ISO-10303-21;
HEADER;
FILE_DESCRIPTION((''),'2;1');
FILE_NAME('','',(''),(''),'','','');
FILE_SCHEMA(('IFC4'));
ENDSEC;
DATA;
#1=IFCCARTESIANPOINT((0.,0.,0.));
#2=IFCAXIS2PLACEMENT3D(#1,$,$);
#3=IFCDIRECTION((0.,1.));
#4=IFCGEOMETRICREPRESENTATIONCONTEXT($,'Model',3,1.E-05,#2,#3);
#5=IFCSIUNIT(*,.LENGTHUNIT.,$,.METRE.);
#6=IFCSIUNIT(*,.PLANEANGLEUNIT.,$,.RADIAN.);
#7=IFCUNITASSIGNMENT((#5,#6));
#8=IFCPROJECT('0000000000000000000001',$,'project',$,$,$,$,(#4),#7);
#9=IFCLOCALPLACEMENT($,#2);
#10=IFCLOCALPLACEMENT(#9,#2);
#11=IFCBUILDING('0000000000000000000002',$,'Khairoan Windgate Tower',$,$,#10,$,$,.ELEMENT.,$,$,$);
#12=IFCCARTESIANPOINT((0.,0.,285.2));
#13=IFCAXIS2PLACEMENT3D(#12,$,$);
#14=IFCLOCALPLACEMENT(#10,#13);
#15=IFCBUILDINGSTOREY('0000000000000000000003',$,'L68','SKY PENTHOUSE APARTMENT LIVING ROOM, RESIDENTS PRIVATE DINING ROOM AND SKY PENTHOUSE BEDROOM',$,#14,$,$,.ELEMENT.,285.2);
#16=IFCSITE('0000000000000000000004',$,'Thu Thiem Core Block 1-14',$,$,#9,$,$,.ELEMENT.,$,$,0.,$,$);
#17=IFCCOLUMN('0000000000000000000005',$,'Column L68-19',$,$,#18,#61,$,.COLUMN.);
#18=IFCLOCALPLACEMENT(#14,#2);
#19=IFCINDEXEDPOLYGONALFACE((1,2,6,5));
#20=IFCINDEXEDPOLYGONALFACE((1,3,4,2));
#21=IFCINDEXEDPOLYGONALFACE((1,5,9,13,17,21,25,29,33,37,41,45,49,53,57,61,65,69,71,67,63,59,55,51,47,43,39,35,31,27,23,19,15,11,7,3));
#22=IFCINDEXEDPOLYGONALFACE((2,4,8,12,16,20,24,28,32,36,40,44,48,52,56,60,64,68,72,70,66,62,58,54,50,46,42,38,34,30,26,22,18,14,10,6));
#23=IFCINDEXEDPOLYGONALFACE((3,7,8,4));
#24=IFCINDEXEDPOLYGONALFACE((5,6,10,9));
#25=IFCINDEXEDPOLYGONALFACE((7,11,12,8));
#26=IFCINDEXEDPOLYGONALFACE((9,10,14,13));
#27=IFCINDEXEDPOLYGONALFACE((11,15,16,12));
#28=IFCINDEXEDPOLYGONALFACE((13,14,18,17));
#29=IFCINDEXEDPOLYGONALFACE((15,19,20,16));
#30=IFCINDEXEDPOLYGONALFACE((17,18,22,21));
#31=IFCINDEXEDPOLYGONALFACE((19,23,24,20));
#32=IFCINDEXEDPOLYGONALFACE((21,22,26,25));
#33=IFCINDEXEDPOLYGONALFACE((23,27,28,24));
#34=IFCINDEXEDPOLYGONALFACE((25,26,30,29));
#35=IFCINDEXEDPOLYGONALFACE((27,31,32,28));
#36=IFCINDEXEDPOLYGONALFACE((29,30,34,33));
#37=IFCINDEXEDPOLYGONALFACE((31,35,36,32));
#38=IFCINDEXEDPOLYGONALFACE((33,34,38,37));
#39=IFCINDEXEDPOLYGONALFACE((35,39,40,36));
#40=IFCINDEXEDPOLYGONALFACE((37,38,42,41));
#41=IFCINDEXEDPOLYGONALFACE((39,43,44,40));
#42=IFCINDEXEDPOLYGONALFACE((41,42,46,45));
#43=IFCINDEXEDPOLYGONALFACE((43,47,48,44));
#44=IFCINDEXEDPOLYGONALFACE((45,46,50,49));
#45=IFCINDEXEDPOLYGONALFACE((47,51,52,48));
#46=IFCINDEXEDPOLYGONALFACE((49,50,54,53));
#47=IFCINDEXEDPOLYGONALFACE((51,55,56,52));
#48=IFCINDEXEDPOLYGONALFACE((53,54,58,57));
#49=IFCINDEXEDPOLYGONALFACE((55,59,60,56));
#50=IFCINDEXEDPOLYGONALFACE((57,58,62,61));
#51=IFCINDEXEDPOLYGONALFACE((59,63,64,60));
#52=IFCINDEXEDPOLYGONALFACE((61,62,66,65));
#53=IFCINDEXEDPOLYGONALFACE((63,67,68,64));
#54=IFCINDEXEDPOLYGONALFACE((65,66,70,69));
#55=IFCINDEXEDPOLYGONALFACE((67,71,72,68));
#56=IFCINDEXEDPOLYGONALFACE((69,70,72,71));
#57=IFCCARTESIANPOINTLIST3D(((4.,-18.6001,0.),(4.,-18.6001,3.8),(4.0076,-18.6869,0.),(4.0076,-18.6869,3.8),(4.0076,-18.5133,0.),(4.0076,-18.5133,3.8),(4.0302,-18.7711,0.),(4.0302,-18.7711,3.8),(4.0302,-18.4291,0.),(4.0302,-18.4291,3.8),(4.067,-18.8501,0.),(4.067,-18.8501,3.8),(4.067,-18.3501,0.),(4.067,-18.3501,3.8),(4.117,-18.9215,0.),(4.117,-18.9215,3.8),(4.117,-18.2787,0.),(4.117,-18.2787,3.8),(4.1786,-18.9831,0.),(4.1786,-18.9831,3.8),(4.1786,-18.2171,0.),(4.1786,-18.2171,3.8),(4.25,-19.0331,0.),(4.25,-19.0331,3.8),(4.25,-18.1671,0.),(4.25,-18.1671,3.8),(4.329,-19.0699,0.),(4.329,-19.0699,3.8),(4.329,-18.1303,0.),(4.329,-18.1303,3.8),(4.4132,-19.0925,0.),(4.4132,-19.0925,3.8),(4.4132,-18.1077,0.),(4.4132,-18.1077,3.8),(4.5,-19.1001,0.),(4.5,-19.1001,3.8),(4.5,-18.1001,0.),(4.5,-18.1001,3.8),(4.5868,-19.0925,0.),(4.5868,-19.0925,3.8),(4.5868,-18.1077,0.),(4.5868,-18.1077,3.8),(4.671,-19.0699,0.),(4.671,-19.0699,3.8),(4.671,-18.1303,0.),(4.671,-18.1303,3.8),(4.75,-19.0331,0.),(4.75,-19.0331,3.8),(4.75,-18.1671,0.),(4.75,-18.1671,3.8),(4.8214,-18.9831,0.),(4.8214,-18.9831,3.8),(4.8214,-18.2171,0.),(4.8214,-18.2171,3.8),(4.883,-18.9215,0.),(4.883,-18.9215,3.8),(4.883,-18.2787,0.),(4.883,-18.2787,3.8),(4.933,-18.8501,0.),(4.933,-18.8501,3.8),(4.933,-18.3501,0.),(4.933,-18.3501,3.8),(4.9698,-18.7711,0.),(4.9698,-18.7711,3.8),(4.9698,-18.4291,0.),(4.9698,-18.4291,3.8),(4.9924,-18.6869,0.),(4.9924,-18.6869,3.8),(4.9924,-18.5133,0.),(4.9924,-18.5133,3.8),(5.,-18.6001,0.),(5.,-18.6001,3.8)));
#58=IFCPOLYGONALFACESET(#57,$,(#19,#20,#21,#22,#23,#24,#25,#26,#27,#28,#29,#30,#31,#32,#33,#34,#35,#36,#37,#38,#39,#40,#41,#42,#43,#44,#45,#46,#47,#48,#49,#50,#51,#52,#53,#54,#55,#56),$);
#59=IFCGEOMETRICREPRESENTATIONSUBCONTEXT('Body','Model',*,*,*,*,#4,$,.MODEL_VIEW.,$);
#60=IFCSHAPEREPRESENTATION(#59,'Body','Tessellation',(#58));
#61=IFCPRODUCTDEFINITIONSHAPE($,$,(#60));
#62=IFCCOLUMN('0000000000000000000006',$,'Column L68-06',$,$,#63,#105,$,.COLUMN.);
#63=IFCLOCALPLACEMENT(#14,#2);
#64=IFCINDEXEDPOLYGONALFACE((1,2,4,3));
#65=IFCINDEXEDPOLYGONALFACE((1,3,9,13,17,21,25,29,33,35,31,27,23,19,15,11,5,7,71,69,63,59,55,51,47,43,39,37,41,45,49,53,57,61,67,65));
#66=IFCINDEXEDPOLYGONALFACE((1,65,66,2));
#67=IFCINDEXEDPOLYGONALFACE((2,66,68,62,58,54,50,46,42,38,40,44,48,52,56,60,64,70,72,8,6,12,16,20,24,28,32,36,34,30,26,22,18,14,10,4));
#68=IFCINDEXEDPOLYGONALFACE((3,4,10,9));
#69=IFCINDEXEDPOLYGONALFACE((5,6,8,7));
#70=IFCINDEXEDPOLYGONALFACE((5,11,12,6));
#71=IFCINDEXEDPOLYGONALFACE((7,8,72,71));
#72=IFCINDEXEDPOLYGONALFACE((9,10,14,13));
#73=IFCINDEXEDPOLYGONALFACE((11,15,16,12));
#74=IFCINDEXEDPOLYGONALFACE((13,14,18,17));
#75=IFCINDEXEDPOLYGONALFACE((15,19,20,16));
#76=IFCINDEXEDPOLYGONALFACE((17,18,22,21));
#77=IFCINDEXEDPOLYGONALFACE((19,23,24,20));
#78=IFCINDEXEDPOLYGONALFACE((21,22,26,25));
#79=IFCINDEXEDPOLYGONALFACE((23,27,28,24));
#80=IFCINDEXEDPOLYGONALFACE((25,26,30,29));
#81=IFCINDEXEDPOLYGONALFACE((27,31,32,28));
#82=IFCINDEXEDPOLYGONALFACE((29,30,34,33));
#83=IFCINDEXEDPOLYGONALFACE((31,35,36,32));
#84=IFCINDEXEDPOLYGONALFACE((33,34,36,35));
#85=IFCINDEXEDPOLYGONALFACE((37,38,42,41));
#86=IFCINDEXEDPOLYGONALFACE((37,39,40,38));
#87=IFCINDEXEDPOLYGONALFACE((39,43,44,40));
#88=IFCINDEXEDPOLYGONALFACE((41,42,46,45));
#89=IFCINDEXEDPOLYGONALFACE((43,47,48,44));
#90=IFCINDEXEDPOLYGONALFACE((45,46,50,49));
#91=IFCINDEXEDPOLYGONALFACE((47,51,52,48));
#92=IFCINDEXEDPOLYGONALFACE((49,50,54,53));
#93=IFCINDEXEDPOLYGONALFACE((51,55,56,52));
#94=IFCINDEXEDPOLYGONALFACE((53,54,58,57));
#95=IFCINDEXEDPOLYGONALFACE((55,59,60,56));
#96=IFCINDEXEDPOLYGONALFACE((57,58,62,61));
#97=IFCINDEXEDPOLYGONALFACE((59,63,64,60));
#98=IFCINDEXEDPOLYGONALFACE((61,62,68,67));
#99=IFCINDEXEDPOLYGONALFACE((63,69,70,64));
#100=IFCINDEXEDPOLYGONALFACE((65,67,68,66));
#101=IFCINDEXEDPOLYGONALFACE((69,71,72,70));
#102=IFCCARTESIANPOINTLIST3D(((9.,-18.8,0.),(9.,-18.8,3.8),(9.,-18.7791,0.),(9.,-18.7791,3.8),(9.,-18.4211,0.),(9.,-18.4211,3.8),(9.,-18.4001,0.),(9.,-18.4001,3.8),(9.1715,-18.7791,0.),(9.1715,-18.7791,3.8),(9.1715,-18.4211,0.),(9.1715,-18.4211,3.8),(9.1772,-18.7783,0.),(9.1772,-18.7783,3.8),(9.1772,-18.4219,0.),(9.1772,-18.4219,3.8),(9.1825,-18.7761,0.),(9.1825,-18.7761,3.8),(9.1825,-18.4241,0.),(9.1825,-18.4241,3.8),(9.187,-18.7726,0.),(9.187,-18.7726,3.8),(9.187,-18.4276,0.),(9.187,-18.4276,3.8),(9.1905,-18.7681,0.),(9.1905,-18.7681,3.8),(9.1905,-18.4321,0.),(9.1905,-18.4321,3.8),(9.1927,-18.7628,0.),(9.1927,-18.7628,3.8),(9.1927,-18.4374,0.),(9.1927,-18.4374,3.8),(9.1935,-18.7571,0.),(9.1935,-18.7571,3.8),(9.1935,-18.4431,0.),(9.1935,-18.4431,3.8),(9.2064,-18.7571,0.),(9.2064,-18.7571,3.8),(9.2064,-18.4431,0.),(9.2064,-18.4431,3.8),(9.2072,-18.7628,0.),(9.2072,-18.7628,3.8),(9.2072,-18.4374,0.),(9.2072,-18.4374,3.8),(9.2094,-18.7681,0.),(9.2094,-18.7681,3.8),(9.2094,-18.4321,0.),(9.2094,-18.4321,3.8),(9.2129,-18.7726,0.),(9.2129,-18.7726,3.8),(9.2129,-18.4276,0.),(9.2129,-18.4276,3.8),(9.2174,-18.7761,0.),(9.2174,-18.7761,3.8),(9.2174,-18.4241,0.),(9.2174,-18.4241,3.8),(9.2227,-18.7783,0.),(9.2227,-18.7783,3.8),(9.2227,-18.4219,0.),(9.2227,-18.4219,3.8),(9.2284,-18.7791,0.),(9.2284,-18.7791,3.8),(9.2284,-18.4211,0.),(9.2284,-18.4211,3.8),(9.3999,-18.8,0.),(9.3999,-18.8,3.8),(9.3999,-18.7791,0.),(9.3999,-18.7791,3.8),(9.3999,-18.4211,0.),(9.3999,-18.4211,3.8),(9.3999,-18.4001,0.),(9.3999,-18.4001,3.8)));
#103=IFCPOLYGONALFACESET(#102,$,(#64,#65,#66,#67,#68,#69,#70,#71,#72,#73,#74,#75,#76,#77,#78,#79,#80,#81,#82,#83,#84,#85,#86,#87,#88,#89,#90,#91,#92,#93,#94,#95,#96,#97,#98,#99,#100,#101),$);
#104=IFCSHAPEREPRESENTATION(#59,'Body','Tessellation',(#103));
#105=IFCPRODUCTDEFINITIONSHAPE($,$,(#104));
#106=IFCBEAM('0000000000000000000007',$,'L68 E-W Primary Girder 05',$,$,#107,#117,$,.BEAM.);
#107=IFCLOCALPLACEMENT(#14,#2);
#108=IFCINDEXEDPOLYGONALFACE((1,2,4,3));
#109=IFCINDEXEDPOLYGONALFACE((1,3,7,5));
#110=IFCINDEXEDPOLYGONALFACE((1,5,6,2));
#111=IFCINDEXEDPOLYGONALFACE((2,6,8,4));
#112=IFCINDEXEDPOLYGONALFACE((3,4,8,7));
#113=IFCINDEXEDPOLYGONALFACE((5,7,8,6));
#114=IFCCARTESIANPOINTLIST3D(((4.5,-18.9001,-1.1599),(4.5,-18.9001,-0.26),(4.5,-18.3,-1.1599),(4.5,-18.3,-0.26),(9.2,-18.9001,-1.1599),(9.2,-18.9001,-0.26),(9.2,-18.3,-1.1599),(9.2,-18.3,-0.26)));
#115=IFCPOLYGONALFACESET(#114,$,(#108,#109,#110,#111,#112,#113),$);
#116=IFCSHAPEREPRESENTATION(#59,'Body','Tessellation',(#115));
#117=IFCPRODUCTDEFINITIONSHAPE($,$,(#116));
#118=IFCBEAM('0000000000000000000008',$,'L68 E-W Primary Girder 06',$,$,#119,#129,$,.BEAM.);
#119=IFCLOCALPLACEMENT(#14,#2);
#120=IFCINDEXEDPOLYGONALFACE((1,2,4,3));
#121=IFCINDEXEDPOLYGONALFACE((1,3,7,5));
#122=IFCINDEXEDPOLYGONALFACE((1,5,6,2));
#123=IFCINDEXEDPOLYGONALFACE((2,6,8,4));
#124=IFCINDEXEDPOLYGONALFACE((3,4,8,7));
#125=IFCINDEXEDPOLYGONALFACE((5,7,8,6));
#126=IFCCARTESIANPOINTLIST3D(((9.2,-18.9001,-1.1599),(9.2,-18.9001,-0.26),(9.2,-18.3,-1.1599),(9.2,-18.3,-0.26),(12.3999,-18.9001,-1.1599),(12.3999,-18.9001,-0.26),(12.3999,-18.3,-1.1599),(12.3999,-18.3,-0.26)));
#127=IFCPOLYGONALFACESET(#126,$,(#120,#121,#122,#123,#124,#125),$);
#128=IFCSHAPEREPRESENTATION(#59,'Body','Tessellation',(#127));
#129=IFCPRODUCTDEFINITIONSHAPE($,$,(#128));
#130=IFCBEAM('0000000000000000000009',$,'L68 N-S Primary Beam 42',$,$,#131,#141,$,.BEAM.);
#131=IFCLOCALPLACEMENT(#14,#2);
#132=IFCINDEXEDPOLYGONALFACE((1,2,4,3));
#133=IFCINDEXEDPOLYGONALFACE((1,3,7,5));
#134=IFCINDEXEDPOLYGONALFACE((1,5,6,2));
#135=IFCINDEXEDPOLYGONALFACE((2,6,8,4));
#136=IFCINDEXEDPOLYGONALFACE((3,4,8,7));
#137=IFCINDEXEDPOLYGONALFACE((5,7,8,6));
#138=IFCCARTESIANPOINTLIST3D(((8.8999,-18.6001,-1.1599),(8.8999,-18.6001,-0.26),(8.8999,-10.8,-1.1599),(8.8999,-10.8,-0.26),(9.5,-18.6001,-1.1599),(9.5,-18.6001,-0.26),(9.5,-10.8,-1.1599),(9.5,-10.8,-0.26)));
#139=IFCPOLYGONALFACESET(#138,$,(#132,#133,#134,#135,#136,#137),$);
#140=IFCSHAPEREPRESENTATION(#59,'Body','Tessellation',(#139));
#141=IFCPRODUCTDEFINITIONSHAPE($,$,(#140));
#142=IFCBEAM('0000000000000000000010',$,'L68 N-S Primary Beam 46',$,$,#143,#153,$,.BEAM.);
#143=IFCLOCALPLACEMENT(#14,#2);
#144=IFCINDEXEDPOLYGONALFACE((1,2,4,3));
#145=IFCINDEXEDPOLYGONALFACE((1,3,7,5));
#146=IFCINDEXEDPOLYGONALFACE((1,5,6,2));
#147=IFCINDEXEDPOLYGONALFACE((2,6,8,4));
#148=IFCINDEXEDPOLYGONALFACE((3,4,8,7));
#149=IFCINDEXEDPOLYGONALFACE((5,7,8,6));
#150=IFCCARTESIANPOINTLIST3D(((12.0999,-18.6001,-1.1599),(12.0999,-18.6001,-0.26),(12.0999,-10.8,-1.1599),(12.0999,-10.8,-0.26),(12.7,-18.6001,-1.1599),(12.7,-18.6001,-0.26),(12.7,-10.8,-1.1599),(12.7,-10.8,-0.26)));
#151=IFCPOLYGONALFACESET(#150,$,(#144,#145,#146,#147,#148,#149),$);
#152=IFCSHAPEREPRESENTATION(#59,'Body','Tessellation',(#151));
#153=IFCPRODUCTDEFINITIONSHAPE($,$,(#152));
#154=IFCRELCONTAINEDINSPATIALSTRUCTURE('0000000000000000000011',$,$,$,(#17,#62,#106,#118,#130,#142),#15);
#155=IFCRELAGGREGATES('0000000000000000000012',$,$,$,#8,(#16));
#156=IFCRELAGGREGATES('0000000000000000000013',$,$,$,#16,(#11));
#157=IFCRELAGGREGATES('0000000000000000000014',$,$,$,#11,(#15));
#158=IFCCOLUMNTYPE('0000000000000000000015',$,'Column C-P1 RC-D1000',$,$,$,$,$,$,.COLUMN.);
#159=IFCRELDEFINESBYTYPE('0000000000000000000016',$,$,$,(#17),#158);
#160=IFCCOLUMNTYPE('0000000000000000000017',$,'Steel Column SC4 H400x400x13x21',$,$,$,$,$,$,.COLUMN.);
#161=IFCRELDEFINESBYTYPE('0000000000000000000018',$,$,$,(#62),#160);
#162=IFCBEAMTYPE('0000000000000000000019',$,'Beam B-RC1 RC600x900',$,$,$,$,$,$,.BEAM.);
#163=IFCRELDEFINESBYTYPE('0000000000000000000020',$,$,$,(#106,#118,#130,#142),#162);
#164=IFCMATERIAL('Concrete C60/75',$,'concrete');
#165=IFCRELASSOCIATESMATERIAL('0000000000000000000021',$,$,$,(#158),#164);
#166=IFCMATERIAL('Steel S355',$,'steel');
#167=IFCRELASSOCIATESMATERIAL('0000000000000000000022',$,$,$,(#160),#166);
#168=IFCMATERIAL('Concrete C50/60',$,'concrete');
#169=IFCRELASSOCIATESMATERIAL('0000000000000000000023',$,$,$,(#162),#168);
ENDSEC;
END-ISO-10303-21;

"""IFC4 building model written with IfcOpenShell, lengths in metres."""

from ifc_helpers import new_model, si_unit, direction, frame, origin, origin_2d, place, context, subcontext, project, spatial, rectangle, circle, i_section, extrude, material, material_profile, profile_set, type_object, element, save


model = new_model("IFC4")

# Units and contexts
model_context = context("Model", 3, precision=1e-05, world=origin(), true_north=direction((0.0, 1.0)))
body_context = subcontext(model_context, "Body", "Model", "MODEL_VIEW")
ifc_project = project(units=[si_unit("LENGTHUNIT", "METRE"), si_unit("PLANEANGLEUNIT", "RADIAN")], contexts=[model_context])

# Site, building, storey
site_placement = place(None, origin())
site = spatial("IfcSite", under=ifc_project, at=site_placement, Name="Thu Thiem Core Block 1-14", CompositionType="ELEMENT", RefElevation=0.0)
building_placement = place(site_placement, origin())
building = spatial("IfcBuilding", under=site, at=building_placement, Name="Khairoan Windgate Tower", CompositionType="ELEMENT")
storey_placement = place(building_placement, frame((0.0, 0.0, 285.2)))
storey = spatial("IfcBuildingStorey", under=building, at=storey_placement, Name="L68", Description="SKY PENTHOUSE APARTMENT LIVING ROOM, RESIDENTS PRIVATE DINING ROOM AND SKY PENTHOUSE BEDROOM", CompositionType="ELEMENT", Elevation=285.2)

# Columns
ifc_material_1 = material(Name="Concrete C60/75", Category="concrete")
ifc_material_profile_1 = material_profile(ifc_material_1, circle(Radius=0.5, at=origin_2d()))
ifc_profile_set_1 = profile_set([ifc_material_profile_1], Name="Concrete C60/75")
column_type_1 = type_object("IfcColumnType", Name="Column C-P1 RC-D1000", PredefinedType="COLUMN", material=ifc_profile_set_1)
column_1_placement = place(storey_placement, frame((4.5, -18.6001, 0.0), z_axis=(0.0, 0.0, 1.0), x_axis=(1.0, 0.0, 0.0)))
element("IfcColumn", 1, at=column_1_placement, inside=storey, type_object=column_type_1, Name="Column L68-19", PredefinedType="COLUMN", context=body_context, shape_type="SweptSolid", body=[
    extrude(circle(Radius=0.5, at=origin_2d()), origin(), (0.0, 0.0, 1.0), 3.8),
])
ifc_material_2 = material(Name="Steel S355", Category="steel")
ifc_material_profile_2 = material_profile(ifc_material_2, i_section(OverallWidth=0.3999, OverallDepth=0.3999, WebThickness=0.0129, FlangeThickness=0.021, FilletRadius=0.022, at=origin_2d()))
ifc_profile_set_2 = profile_set([ifc_material_profile_2], Name="Steel S355")
column_type_2 = type_object("IfcColumnType", Name="Steel Column SC4 H400x400x13x21", PredefinedType="COLUMN", material=ifc_profile_set_2)
column_2_placement = place(storey_placement, frame((9.2, -18.6001, 0.0), z_axis=(0.0, 0.0, 1.0), x_axis=(1.0, 0.0, 0.0)))
element("IfcColumn", 2, at=column_2_placement, inside=storey, type_object=column_type_2, Name="Column L68-06", PredefinedType="COLUMN", context=body_context, shape_type="SweptSolid", body=[
    extrude(i_section(OverallWidth=0.3999, OverallDepth=0.3999, WebThickness=0.0129, FlangeThickness=0.021, FilletRadius=0.022, at=origin_2d()), origin(), (0.0, 0.0, 1.0), 3.8),
])

# Beams
ifc_material_3 = material(Name="Concrete C50/60", Category="concrete")
ifc_material_profile_3 = material_profile(ifc_material_3, rectangle(XDim=0.6001, YDim=0.8999, at=origin_2d()))
ifc_profile_set_3 = profile_set([ifc_material_profile_3], Name="Concrete C50/60")
beam_type_1 = type_object("IfcBeamType", Name="Beam B-RC1 RC600x900", PredefinedType="BEAM", material=ifc_profile_set_3)
beam_1_placement = place(storey_placement, frame((4.5, -18.6001, -0.71), z_axis=(1.0, 0.0, 0.0), x_axis=(0.0, 1.0, 0.0)))
element("IfcBeam", 3, at=beam_1_placement, inside=storey, type_object=beam_type_1, Name="L68 E-W Primary Girder 05", PredefinedType="BEAM", context=body_context, shape_type="SweptSolid", body=[
    extrude(rectangle(XDim=0.6001, YDim=0.8999, at=origin_2d()), origin(), (0.0, 0.0, 1.0), 4.7),
])
beam_2_placement = place(storey_placement, frame((9.2, -18.6001, -0.71), z_axis=(1.0, 0.0, 0.0), x_axis=(0.0, 1.0, 0.0)))
element("IfcBeam", 4, at=beam_2_placement, inside=storey, type_object=beam_type_1, Name="L68 E-W Primary Girder 06", PredefinedType="BEAM", context=body_context, shape_type="SweptSolid", body=[
    extrude(rectangle(XDim=0.6001, YDim=0.8999, at=origin_2d()), origin(), (0.0, 0.0, 1.0), 3.2),
])
for number, where, z_axis, x_axis, name in (
    (5, (9.2, -18.6001, -0.71), (0.0, 1.0, 0.0), (-1.0, 0.0, 0.0), "L68 N-S Primary Beam 42"),
    (6, (12.3999, -18.6001, -0.71), (0.0, 1.0, 0.0), (-1.0, 0.0, 0.0), "L68 N-S Primary Beam 46"),
):
    element("IfcBeam", number, at=place(storey_placement, frame(where, z_axis=z_axis, x_axis=x_axis)), inside=storey, type_object=beam_type_1, Name=name, PredefinedType="BEAM", context=body_context, shape_type="SweptSolid", body=[
        extrude(rectangle(XDim=0.6001, YDim=0.8999, at=origin_2d()), origin(), (0.0, 0.0, 1.0), 7.8),
    ])

save(model, "model.ifc")
